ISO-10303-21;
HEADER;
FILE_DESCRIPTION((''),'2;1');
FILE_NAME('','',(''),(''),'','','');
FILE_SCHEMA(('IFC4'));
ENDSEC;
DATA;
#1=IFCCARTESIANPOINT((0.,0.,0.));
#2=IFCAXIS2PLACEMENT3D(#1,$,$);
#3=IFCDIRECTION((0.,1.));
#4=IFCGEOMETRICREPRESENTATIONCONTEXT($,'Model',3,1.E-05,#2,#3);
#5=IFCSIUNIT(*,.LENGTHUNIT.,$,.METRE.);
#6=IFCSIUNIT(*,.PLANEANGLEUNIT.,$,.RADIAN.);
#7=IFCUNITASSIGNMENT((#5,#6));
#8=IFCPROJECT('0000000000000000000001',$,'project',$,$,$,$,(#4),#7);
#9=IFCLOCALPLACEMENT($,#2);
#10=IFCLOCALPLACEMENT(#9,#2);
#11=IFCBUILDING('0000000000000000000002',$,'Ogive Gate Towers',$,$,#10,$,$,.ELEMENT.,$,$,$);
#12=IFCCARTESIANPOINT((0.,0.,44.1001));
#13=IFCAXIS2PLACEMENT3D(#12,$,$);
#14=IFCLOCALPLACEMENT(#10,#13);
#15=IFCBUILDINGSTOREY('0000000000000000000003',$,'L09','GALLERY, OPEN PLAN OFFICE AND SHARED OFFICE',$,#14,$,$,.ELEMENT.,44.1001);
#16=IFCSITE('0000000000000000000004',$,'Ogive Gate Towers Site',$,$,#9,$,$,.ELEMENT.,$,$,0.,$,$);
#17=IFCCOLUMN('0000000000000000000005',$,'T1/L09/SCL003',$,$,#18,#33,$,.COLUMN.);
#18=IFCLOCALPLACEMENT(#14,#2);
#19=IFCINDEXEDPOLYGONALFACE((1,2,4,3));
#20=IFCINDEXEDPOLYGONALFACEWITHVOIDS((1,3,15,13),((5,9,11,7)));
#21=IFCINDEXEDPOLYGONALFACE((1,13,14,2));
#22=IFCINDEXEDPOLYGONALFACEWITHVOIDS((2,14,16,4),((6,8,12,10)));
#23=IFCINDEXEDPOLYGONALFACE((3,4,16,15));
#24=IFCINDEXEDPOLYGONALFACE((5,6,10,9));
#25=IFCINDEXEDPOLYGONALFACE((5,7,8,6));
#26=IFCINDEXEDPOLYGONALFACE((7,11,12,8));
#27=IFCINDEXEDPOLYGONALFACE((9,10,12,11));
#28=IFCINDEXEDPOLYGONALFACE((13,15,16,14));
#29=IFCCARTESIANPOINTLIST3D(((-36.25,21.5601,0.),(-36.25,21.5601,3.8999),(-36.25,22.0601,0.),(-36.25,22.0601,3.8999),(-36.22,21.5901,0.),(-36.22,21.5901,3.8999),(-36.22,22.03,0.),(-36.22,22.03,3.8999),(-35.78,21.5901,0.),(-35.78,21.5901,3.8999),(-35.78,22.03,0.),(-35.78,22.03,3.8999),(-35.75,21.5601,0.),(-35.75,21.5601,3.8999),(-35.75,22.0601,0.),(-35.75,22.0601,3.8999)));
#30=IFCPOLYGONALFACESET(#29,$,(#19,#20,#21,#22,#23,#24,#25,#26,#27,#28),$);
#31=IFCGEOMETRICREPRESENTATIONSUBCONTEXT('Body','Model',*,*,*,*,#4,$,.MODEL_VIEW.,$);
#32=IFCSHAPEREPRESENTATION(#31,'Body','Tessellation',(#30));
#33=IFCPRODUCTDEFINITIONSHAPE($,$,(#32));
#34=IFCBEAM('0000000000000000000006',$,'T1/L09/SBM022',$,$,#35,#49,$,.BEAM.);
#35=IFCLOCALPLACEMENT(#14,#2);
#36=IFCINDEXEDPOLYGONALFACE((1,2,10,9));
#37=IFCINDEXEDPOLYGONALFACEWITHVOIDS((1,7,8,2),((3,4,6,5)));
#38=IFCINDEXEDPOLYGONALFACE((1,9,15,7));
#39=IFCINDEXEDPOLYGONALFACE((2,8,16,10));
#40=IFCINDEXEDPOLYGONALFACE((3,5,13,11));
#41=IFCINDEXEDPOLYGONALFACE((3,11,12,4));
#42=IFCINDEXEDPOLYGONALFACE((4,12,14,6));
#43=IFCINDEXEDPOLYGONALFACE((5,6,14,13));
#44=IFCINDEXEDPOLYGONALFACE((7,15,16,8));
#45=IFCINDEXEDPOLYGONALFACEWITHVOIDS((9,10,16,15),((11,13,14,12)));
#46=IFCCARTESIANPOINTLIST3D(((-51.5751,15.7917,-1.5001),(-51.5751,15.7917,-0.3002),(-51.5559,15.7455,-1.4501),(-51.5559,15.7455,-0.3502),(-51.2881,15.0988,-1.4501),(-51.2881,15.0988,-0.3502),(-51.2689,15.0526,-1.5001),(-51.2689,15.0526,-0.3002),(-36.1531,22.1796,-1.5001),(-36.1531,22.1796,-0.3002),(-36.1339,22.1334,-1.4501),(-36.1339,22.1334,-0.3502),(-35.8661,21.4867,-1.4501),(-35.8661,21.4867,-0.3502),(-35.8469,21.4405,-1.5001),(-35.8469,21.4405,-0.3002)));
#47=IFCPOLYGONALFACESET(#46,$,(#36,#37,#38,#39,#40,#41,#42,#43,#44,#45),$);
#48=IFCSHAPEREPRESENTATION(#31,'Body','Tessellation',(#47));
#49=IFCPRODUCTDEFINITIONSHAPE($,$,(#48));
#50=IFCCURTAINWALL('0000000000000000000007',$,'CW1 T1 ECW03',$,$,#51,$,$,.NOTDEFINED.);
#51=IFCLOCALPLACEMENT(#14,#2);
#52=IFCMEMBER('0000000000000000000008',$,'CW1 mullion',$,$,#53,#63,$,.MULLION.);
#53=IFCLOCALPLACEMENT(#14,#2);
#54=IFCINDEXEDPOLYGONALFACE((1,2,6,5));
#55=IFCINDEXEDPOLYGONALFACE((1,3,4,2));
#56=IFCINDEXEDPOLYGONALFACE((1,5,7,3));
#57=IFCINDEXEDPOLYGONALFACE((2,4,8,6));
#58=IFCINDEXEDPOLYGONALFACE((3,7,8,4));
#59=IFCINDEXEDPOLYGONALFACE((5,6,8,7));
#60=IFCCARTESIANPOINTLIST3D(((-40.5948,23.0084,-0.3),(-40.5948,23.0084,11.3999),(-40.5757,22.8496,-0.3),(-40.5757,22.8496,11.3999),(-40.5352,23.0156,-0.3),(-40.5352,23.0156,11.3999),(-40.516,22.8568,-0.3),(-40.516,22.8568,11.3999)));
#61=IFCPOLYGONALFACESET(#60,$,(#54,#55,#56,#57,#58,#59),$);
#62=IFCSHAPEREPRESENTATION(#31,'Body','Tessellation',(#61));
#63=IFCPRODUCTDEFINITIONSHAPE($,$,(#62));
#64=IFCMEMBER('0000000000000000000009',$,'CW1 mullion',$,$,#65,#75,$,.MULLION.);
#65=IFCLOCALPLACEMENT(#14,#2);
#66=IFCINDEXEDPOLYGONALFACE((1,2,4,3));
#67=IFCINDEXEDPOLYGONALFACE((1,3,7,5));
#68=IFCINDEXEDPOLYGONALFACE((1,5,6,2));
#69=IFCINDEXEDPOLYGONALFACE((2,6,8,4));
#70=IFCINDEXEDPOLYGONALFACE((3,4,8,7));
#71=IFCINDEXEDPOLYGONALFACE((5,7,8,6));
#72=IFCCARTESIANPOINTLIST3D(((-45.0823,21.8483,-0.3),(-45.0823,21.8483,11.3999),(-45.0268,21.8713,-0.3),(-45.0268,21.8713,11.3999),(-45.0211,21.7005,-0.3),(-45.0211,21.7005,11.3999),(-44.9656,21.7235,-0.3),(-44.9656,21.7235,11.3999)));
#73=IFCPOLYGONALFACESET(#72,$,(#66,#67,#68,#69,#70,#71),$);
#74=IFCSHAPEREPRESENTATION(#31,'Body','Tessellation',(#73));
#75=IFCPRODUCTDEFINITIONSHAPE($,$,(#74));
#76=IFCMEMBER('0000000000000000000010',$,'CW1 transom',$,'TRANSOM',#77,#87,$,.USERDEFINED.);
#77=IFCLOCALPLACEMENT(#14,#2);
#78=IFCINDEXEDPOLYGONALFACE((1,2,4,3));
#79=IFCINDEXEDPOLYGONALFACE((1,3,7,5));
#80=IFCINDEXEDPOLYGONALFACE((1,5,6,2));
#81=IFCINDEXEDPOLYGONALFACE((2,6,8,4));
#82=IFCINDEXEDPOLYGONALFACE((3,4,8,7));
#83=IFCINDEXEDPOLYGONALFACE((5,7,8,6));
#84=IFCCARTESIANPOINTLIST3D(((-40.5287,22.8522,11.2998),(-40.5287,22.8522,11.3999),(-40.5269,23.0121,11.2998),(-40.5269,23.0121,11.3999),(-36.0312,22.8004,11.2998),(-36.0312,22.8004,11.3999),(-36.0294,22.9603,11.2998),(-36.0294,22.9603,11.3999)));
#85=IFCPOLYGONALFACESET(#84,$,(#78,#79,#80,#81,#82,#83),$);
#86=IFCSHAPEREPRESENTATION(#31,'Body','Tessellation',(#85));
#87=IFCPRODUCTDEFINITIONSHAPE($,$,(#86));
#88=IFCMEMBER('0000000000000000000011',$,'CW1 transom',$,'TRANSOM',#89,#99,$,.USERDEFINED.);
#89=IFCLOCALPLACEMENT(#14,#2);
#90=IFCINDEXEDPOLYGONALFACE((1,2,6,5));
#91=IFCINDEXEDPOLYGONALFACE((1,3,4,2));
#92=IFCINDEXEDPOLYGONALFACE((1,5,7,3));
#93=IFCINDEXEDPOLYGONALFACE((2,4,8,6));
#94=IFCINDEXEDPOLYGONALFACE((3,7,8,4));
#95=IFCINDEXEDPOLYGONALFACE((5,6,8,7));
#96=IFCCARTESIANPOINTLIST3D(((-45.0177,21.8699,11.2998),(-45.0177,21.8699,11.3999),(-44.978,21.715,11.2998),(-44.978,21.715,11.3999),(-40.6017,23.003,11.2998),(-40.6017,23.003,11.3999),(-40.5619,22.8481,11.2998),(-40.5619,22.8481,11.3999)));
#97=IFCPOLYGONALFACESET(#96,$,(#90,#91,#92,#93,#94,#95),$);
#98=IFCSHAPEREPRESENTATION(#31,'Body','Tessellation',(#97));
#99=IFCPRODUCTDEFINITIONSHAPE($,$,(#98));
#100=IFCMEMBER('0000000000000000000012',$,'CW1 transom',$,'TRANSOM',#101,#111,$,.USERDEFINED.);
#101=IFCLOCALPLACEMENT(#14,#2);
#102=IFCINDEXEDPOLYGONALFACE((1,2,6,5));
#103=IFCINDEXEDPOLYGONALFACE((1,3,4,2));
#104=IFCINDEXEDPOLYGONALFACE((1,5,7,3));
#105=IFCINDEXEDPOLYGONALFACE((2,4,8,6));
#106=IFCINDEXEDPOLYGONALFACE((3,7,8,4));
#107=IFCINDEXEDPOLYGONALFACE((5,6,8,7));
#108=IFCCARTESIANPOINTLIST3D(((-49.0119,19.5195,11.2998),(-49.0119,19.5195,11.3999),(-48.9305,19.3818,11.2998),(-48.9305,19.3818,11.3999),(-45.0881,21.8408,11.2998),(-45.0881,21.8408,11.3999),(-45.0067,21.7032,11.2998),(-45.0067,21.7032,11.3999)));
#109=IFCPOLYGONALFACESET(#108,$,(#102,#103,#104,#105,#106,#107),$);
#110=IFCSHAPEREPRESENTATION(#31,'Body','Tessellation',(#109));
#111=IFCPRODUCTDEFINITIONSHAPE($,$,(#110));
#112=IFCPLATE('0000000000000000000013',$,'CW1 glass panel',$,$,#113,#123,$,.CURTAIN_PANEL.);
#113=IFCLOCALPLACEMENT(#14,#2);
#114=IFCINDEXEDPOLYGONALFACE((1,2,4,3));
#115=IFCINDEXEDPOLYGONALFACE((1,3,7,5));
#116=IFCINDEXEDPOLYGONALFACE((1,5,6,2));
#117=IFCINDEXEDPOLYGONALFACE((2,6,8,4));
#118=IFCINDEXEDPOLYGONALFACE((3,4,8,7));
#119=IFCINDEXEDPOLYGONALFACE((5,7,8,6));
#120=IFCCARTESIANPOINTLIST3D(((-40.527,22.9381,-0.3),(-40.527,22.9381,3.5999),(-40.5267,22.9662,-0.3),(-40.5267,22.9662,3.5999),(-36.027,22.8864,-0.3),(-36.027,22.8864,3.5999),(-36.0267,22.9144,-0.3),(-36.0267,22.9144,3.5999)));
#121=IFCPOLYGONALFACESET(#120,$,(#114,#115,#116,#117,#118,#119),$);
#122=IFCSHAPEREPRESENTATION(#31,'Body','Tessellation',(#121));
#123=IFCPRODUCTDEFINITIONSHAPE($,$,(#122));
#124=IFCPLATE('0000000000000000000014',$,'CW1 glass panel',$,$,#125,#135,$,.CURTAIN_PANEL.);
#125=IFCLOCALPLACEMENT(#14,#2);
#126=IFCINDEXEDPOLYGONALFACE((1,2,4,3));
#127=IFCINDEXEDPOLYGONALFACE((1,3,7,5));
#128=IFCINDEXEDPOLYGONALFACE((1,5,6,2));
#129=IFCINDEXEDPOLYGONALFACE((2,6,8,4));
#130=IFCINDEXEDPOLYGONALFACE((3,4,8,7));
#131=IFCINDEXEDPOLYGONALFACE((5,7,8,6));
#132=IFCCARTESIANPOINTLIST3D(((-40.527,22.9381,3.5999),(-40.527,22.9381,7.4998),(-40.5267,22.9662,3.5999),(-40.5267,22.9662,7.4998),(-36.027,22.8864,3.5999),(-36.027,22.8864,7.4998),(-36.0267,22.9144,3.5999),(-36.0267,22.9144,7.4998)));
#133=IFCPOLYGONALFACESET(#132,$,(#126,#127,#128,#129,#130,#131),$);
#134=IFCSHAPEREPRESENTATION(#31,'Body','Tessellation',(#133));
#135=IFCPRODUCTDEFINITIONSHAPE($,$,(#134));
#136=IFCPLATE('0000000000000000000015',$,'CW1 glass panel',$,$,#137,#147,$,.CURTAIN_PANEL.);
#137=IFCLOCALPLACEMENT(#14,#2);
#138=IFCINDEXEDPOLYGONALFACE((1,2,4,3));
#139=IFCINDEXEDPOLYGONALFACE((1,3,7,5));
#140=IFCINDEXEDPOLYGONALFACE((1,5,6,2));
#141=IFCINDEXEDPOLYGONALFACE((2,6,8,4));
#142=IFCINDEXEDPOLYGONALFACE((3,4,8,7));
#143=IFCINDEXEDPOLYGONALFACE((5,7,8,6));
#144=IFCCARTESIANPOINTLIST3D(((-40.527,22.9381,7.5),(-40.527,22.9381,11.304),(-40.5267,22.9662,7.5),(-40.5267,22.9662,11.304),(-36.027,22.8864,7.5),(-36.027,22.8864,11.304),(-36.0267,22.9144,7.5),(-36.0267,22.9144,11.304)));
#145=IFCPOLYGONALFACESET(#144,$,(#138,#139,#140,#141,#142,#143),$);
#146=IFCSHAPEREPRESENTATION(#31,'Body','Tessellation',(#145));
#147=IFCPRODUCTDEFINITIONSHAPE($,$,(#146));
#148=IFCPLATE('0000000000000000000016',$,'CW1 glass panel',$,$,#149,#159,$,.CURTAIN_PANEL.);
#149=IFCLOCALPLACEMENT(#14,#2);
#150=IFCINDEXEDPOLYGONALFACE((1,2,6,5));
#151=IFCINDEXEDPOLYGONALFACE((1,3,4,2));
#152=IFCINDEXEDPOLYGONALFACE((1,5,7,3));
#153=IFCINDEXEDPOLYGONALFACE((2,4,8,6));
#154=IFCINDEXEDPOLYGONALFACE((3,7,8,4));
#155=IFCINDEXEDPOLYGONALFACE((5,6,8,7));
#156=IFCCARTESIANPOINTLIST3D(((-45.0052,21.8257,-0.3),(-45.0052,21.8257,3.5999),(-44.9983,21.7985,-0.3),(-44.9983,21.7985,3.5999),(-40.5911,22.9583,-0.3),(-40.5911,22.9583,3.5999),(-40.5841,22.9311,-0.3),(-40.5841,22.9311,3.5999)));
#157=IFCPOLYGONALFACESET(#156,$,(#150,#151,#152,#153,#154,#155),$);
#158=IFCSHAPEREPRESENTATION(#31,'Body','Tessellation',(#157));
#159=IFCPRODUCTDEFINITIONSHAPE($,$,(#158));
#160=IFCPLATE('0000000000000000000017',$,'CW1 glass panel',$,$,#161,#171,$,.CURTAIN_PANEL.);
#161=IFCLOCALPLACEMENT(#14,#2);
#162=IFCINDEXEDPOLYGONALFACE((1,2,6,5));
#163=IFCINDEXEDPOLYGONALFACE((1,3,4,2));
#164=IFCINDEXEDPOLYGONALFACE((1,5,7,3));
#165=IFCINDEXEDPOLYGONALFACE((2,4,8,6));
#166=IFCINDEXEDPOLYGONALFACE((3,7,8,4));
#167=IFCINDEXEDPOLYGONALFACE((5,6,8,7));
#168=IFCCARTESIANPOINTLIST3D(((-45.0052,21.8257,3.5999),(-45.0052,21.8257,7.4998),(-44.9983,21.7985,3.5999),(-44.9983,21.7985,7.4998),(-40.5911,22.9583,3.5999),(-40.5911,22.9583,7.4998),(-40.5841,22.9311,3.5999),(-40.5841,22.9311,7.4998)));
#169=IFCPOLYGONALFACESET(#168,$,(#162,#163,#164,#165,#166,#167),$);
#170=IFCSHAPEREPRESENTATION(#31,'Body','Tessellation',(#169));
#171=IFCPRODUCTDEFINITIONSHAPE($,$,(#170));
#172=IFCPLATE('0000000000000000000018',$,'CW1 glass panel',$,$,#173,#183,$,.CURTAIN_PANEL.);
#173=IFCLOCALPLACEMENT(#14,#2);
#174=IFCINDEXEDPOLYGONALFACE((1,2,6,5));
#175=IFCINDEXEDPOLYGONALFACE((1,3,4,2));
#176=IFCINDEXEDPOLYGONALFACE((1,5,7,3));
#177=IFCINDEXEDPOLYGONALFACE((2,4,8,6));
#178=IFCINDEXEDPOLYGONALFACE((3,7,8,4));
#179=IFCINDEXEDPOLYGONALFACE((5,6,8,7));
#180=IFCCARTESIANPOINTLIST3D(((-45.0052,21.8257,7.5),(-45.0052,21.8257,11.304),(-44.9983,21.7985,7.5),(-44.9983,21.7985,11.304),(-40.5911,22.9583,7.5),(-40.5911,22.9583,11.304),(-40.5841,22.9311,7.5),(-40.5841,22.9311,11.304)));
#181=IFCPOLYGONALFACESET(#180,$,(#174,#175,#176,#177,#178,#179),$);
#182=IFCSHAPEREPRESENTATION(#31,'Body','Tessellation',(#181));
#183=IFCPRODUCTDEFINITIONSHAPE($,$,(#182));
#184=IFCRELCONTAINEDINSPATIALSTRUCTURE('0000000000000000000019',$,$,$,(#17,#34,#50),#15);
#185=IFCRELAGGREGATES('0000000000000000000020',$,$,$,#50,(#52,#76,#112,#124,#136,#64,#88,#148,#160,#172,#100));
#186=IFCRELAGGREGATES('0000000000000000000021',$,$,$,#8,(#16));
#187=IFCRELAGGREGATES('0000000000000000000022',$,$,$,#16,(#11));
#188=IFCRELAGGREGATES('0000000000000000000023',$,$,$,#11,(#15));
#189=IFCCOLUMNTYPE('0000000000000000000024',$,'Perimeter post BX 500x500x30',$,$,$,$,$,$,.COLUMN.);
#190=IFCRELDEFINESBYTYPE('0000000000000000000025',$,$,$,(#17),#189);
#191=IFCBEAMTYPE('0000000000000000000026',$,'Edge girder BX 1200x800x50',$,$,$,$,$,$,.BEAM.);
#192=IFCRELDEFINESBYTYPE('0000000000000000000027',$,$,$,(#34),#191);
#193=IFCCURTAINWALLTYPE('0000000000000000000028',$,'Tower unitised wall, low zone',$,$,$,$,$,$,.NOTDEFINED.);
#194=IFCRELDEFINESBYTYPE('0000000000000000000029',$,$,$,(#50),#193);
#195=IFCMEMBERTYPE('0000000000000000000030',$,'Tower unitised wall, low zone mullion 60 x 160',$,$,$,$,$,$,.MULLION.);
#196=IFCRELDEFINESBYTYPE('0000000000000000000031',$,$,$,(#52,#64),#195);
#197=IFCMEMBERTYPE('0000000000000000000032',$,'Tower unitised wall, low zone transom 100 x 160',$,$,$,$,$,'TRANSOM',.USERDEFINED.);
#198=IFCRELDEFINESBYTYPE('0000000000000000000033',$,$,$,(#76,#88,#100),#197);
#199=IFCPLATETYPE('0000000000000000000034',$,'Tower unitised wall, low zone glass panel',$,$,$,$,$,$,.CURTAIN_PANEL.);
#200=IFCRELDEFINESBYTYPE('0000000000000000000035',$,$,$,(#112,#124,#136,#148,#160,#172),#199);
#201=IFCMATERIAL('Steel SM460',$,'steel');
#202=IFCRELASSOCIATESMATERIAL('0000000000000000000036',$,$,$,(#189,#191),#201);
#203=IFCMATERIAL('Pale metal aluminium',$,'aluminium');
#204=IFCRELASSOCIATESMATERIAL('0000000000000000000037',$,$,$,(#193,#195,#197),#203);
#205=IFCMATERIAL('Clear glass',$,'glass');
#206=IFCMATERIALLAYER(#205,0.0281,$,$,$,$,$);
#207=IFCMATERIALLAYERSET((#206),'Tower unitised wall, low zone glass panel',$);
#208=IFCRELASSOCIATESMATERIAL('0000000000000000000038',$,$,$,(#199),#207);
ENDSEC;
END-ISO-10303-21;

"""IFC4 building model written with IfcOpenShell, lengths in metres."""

from ifc_helpers import new_model, si_unit, direction, frame, origin, origin_2d, place, context, subcontext, project, spatial, rectangle, hollow_rectangle, extrude, material, layer, layer_set, material_profile, profile_set, type_object, element, aggregate, save


model = new_model("IFC4")

# Units and contexts
model_context = context("Model", 3, precision=1e-05, world=origin(), true_north=direction((0.0, 1.0)))
body_context = subcontext(model_context, "Body", "Model", "MODEL_VIEW")
ifc_project = project(units=[si_unit("LENGTHUNIT", "METRE"), si_unit("PLANEANGLEUNIT", "RADIAN")], contexts=[model_context])

# Site, building, storey
site_placement = place(None, origin())
site = spatial("IfcSite", under=ifc_project, at=site_placement, Name="Ogive Gate Towers Site", CompositionType="ELEMENT", RefElevation=0.0)
building_placement = place(site_placement, origin())
building = spatial("IfcBuilding", under=site, at=building_placement, Name="Ogive Gate Towers", CompositionType="ELEMENT")
storey_placement = place(building_placement, frame((0.0, 0.0, 44.1001)))
storey = spatial("IfcBuildingStorey", under=building, at=storey_placement, Name="L09", Description="GALLERY, OPEN PLAN OFFICE AND SHARED OFFICE", CompositionType="ELEMENT", Elevation=44.1001)

# Column
ifc_material_1 = material(Name="Steel SM460", Category="steel")
ifc_material_profile_1 = material_profile(ifc_material_1, hollow_rectangle(XDim=0.5, YDim=0.5, WallThickness=0.03, at=origin_2d()), Name="BX 500x500x30")
ifc_profile_set_1 = profile_set([ifc_material_profile_1], Name="Steel SM460")
column_type = type_object("IfcColumnType", Name="Perimeter post BX 500x500x30", PredefinedType="COLUMN", material=ifc_profile_set_1)
column_placement = place(storey_placement, frame((-36.0, 21.8101, 0.0), z_axis=(0.0, 0.0, 1.0), x_axis=(1.0, 0.0, 0.0)))
element("IfcColumn", 1, at=column_placement, inside=storey, type_object=column_type, Name="T1/L09/SCL003", PredefinedType="COLUMN", context=body_context, shape_type="SweptSolid", body=[
    extrude(hollow_rectangle(XDim=0.5, YDim=0.5, WallThickness=0.03, at=origin_2d()), origin(), (0.0, 0.0, 1.0), 3.8999),
])

# Beam
ifc_material_profile_2 = material_profile(ifc_material_1, hollow_rectangle(XDim=0.8, YDim=1.2, WallThickness=0.05, at=origin_2d()), Name="BX 1200x800x50")
ifc_profile_set_2 = profile_set([ifc_material_profile_2], Name="Steel SM460")
beam_type = type_object("IfcBeamType", Name="Edge girder BX 1200x800x50", PredefinedType="BEAM", material=ifc_profile_set_2)
beam_placement = place(storey_placement, frame((-36.0, 21.8101, -0.9001), z_axis=(-0.923882, -0.382678, 0.0), x_axis=(0.382678, -0.923882, 0.0)))
element("IfcBeam", 2, at=beam_placement, inside=storey, type_object=beam_type, Name="T1/L09/SBM022", PredefinedType="BEAM", context=body_context, shape_type="SweptSolid", body=[
    extrude(hollow_rectangle(XDim=0.8, YDim=1.2, WallThickness=0.05, at=origin_2d()), origin(), (0.0, 0.0, 1.0), 16.6926),
])

# Curtain wall, members, plates
ifc_material_2 = material(Name="Pale metal aluminium", Category="aluminium")
curtain_wall_type = type_object("IfcCurtainWallType", Name="Tower unitised wall, low zone", PredefinedType="NOTDEFINED", material=ifc_material_2)
curtain_wall_placement = place(storey_placement, origin())
curtain_wall = element("IfcCurtainWall", 3, at=curtain_wall_placement, inside=storey, type_object=curtain_wall_type, Name="CW1 T1 ECW03", PredefinedType="NOTDEFINED")
ifc_material_profile_3 = material_profile(ifc_material_2, rectangle(XDim=0.1599, YDim=0.0601, at=origin_2d()), Name="60 x 160 aluminium box")
ifc_profile_set_3 = profile_set([ifc_material_profile_3], Name="Pale metal aluminium")
member_type_1 = type_object("IfcMemberType", Name="Tower unitised wall, low zone mullion 60 x 160", PredefinedType="MULLION", material=ifc_profile_set_3)
member_1_placement = place(storey_placement, frame((-40.5554, 22.9326, -0.3), z_axis=(0.0, 0.0, 1.0), x_axis=(-0.119548, 0.992828, 0.0)))
member_1 = element("IfcMember", 4, at=member_1_placement, type_object=member_type_1, Name="CW1 mullion", PredefinedType="MULLION", context=body_context, shape_type="SweptSolid", body=[
    extrude(rectangle(XDim=0.1599, YDim=0.0601, at=origin_2d()), origin(), (0.0, 0.0, 1.0), 11.7),
])
member_2_placement = place(storey_placement, frame((-45.0239, 21.7859, -0.3), z_axis=(0.0, 0.0, 1.0), x_axis=(-0.382683, 0.92388, 0.0)))
member_2 = element("IfcMember", 5, at=member_2_placement, type_object=member_type_1, Name="CW1 mullion", PredefinedType="MULLION", context=body_context, shape_type="SweptSolid", body=[
    extrude(rectangle(XDim=0.1599, YDim=0.0601, at=origin_2d()), origin(), (0.0, 0.0, 1.0), 11.7),
])
ifc_material_profile_4 = material_profile(ifc_material_2, rectangle(XDim=0.1599, YDim=0.1001, at=origin_2d()), Name="100 x 160 aluminium box")
ifc_profile_set_4 = profile_set([ifc_material_profile_4], Name="Pale metal aluminium")
member_type_2 = type_object("IfcMemberType", Name="Tower unitised wall, low zone transom 100 x 160", ElementType="TRANSOM", PredefinedType="USERDEFINED", material=ifc_profile_set_4)
member_3_placement = place(storey_placement, frame((-36.0303, 22.8804, 11.3499), z_axis=(-0.999934, 0.011507, 0.0), x_axis=(-0.011507, -0.999934, 0.0)))
member_3 = element("IfcMember", 6, at=member_3_placement, type_object=member_type_2, Name="CW1 transom", ObjectType="TRANSOM", PredefinedType="USERDEFINED", context=body_context, shape_type="SweptSolid", body=[
    extrude(rectangle(XDim=0.1599, YDim=0.1001, at=origin_2d()), origin(), (0.0, 0.0, 1.0), 4.4978),
])
member_4_placement = place(storey_placement, frame((-40.5818, 22.9255, 11.3499), z_axis=(-0.968625, -0.248529, 0.0), x_axis=(0.248529, -0.968625, 0.0)))
member_4 = element("IfcMember", 7, at=member_4_placement, type_object=member_type_2, Name="CW1 transom", ObjectType="TRANSOM", PredefinedType="USERDEFINED", context=body_context, shape_type="SweptSolid", body=[
    extrude(rectangle(XDim=0.1599, YDim=0.1001, at=origin_2d()), origin(), (0.0, 0.0, 1.0), 4.5591),
])
member_5_placement = place(storey_placement, frame((-45.0474, 21.772, 11.3499), z_axis=(-0.860671, -0.509162, 0.0), x_axis=(0.509162, -0.860671, 0.0)))
member_5 = element("IfcMember", 8, at=member_5_placement, type_object=member_type_2, Name="CW1 transom", ObjectType="TRANSOM", PredefinedType="USERDEFINED", context=body_context, shape_type="SweptSolid", body=[
    extrude(rectangle(XDim=0.1599, YDim=0.1001, at=origin_2d()), origin(), (0.0, 0.0, 1.0), 4.5591),
])
ifc_material_3 = material(Name="Clear glass", Category="glass")
ifc_layer_1 = layer(ifc_material_3, 0.0281)
ifc_layer_set_1 = layer_set([ifc_layer_1], Name="Tower unitised wall, low zone glass panel")
plate_type = type_object("IfcPlateType", Name="Tower unitised wall, low zone glass panel", PredefinedType="CURTAIN_PANEL", material=ifc_layer_set_1)
plate_1_placement = place(storey_placement, frame((-38.2769, 22.9263, -0.3), z_axis=(0.0, 0.0, 1.0), x_axis=(-0.999934, 0.011501, 0.0)))
plate_1 = element("IfcPlate", 9, at=plate_1_placement, type_object=plate_type, Name="CW1 glass panel", PredefinedType="CURTAIN_PANEL", context=body_context, shape_type="SweptSolid", body=[
    extrude(rectangle(XDim=4.5002, YDim=0.0281, at=origin_2d()), origin(), (0.0, 0.0, 1.0), 3.8999),
])
plate_2_placement = place(storey_placement, frame((-38.2769, 22.9263, 3.5999), z_axis=(0.0, 0.0, 1.0), x_axis=(-0.999934, 0.011501, 0.0)))
plate_2 = element("IfcPlate", 10, at=plate_2_placement, type_object=plate_type, Name="CW1 glass panel", PredefinedType="CURTAIN_PANEL", context=body_context, shape_type="SweptSolid", body=[
    extrude(rectangle(XDim=4.5002, YDim=0.0281, at=origin_2d()), origin(), (0.0, 0.0, 1.0), 3.8999),
])
plate_3_placement = place(storey_placement, frame((-38.2769, 22.9263, 7.5), z_axis=(0.0, 0.0, 1.0), x_axis=(-0.999934, 0.011501, 0.0)))
plate_3 = element("IfcPlate", 11, at=plate_3_placement, type_object=plate_type, Name="CW1 glass panel", PredefinedType="CURTAIN_PANEL", context=body_context, shape_type="SweptSolid", body=[
    extrude(rectangle(XDim=4.5002, YDim=0.0281, at=origin_2d()), origin(), (0.0, 0.0, 1.0), 3.804),
])
plate_4_placement = place(storey_placement, frame((-42.7947, 22.3784, -0.3), z_axis=(0.0, 0.0, 1.0), x_axis=(-0.968627, -0.248521, 0.0)))
plate_4 = element("IfcPlate", 12, at=plate_4_placement, type_object=plate_type, Name="CW1 glass panel", PredefinedType="CURTAIN_PANEL", context=body_context, shape_type="SweptSolid", body=[
    extrude(rectangle(XDim=4.5571, YDim=0.0281, at=origin_2d()), origin(), (0.0, 0.0, 1.0), 3.8999),
])
plate_5_placement = place(storey_placement, frame((-42.7947, 22.3784, 3.5999), z_axis=(0.0, 0.0, 1.0), x_axis=(-0.968627, -0.248521, 0.0)))
plate_5 = element("IfcPlate", 13, at=plate_5_placement, type_object=plate_type, Name="CW1 glass panel", PredefinedType="CURTAIN_PANEL", context=body_context, shape_type="SweptSolid", body=[
    extrude(rectangle(XDim=4.5571, YDim=0.0281, at=origin_2d()), origin(), (0.0, 0.0, 1.0), 3.8999),
])
plate_6_placement = place(storey_placement, frame((-42.7947, 22.3784, 7.5), z_axis=(0.0, 0.0, 1.0), x_axis=(-0.968627, -0.248521, 0.0)))
plate_6 = element("IfcPlate", 14, at=plate_6_placement, type_object=plate_type, Name="CW1 glass panel", PredefinedType="CURTAIN_PANEL", context=body_context, shape_type="SweptSolid", body=[
    extrude(rectangle(XDim=4.5571, YDim=0.0281, at=origin_2d()), origin(), (0.0, 0.0, 1.0), 3.804),
])
aggregate(curtain_wall, [member_1, member_3, plate_1, plate_2, plate_3, member_2, member_4, plate_4, plate_5, plate_6, member_5])

save(model, "model.ifc")
